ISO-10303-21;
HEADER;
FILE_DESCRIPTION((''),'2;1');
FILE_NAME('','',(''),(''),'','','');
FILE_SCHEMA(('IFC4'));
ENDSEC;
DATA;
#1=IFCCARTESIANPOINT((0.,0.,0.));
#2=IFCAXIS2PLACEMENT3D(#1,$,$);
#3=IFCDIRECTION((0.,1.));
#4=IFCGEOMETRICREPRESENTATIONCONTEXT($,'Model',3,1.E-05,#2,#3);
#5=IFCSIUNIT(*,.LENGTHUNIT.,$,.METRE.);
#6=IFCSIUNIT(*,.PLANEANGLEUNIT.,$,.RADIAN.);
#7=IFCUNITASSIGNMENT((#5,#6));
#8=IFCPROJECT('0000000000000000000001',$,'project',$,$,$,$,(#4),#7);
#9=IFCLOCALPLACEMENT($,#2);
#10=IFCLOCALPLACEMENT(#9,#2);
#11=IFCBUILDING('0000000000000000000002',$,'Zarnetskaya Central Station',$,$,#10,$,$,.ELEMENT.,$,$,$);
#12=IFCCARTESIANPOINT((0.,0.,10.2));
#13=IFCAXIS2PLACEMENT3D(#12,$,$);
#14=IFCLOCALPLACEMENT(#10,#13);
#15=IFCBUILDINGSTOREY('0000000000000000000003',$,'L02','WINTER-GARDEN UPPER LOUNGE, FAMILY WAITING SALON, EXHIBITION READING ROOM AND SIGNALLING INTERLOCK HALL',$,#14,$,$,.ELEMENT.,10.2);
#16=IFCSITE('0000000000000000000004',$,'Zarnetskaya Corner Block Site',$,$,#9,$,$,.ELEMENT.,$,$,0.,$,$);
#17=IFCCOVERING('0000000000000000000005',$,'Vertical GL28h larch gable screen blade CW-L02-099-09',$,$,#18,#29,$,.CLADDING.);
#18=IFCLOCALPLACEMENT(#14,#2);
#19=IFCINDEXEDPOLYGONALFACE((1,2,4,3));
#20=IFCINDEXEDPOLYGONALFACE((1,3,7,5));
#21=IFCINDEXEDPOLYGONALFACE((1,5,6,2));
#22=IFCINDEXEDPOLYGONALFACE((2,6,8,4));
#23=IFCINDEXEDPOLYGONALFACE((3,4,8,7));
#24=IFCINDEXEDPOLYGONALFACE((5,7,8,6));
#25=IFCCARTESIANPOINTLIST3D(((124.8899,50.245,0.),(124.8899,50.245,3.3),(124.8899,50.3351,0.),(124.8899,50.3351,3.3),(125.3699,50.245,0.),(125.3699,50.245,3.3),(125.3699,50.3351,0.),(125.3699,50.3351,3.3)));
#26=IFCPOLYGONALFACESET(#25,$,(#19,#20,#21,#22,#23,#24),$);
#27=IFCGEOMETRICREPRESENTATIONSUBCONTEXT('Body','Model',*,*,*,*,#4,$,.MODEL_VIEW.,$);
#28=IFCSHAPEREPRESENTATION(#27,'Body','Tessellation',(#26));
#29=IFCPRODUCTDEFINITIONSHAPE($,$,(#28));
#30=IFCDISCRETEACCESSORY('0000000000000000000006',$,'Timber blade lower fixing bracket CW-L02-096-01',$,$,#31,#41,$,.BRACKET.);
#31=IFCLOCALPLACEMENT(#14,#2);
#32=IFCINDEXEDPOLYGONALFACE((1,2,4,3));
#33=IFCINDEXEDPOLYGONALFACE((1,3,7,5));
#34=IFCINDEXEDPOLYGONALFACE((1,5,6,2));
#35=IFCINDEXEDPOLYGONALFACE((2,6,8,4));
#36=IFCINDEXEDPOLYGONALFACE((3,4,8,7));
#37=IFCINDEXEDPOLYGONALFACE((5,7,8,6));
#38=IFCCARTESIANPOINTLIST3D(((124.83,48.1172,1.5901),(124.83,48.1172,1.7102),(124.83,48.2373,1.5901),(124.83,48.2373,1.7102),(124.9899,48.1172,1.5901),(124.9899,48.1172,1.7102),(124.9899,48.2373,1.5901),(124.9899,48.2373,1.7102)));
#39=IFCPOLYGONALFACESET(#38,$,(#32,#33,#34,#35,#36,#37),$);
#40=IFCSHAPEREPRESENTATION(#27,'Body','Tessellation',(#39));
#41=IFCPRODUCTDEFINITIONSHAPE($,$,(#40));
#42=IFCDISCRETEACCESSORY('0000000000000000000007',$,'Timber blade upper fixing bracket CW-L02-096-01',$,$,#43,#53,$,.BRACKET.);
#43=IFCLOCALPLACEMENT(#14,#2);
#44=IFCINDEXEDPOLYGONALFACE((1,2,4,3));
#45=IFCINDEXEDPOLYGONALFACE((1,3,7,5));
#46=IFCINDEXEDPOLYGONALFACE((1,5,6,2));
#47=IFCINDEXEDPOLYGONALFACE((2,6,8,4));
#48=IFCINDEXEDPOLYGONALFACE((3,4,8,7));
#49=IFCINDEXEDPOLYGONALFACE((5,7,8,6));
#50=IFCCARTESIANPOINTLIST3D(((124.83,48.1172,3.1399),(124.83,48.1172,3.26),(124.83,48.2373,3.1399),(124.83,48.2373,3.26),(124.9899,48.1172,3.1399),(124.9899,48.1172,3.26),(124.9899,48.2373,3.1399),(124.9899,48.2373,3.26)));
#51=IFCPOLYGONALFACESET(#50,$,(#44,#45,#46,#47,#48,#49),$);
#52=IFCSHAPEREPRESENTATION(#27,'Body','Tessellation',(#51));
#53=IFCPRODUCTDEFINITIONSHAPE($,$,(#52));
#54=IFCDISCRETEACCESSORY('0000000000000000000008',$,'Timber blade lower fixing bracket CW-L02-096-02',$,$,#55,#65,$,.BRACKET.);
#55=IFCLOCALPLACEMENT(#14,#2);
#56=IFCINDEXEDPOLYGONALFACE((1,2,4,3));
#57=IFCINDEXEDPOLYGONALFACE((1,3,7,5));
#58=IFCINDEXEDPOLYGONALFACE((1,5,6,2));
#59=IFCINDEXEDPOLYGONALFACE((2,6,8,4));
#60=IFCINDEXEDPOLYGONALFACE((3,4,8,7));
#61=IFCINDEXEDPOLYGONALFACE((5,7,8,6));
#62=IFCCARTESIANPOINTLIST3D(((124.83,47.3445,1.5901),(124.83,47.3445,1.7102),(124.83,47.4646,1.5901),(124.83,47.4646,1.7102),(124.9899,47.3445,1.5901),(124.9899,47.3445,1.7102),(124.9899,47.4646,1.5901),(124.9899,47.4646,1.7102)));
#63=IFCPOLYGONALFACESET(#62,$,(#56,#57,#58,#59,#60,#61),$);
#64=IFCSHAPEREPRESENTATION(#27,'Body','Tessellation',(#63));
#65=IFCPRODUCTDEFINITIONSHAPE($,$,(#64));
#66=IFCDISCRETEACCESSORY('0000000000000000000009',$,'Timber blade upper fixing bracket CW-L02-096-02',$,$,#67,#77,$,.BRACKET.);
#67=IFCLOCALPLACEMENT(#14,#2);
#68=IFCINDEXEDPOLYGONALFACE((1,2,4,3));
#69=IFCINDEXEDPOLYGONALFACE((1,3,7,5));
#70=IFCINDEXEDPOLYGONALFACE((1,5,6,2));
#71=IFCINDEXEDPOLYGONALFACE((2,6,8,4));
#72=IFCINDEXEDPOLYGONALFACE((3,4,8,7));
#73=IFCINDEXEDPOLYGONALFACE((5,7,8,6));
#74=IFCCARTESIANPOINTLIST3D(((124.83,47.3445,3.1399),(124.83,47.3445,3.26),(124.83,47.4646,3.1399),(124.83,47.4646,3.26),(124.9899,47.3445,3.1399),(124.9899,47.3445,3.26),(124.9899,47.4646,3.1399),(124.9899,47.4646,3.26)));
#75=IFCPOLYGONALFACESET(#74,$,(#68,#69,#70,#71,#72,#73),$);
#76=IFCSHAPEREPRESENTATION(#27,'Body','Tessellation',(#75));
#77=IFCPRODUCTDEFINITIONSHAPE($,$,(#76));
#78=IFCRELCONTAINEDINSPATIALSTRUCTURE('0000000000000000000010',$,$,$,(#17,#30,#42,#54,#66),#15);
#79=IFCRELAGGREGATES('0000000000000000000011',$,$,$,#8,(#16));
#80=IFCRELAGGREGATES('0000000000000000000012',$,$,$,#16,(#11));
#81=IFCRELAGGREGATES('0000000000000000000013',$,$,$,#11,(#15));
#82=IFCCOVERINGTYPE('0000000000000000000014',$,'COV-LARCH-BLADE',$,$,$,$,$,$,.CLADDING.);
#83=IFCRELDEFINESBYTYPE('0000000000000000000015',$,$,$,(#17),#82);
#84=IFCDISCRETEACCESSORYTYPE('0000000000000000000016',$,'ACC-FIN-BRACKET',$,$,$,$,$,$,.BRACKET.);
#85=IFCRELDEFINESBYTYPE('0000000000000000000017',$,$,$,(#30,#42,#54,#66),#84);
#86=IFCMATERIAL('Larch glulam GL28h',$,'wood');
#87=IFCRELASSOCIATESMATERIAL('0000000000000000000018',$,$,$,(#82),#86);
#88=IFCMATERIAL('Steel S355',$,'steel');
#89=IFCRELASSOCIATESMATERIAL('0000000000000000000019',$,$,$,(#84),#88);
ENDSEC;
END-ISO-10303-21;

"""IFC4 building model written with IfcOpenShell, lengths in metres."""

from ifc_helpers import new_model, si_unit, direction, frame, origin, origin_2d, place, context, subcontext, project, spatial, rectangle, extrude, material, type_object, element, save


model = new_model("IFC4")

# Units and contexts
model_context = context("Model", 3, precision=1e-05, world=origin(), true_north=direction((0.0, 1.0)))
body_context = subcontext(model_context, "Body", "Model", "MODEL_VIEW")
ifc_project = project(units=[si_unit("LENGTHUNIT", "METRE"), si_unit("PLANEANGLEUNIT", "RADIAN")], contexts=[model_context])

# Site, building, storey
site_placement = place(None, origin())
site = spatial("IfcSite", under=ifc_project, at=site_placement, Name="Zarnetskaya Corner Block Site", CompositionType="ELEMENT", RefElevation=0.0)
building_placement = place(site_placement, origin())
building = spatial("IfcBuilding", under=site, at=building_placement, Name="Zarnetskaya Central Station", CompositionType="ELEMENT")
storey_placement = place(building_placement, frame((0.0, 0.0, 10.2)))
storey = spatial("IfcBuildingStorey", under=building, at=storey_placement, Name="L02", Description="WINTER-GARDEN UPPER LOUNGE, FAMILY WAITING SALON, EXHIBITION READING ROOM AND SIGNALLING INTERLOCK HALL", CompositionType="ELEMENT", Elevation=10.2)

# Shared definitions
ifc_material_1 = material(Name="Steel S355", Category="steel")

# Covering
ifc_material_2 = material(Name="Larch glulam GL28h", Category="wood")
covering_type = type_object("IfcCoveringType", Name="COV-LARCH-BLADE", PredefinedType="CLADDING", material=ifc_material_2)
for number, where, z_axis, x_axis, name in (
    (1, (125.1299, 50.29, 0.0), (0.0, 0.0, 1.0), (0.0, -1.0, 0.0), "Vertical GL28h larch gable screen blade CW-L02-099-09"),
):
    element("IfcCovering", number, at=place(storey_placement, frame(where, z_axis=z_axis, x_axis=x_axis)), inside=storey, type_object=covering_type, Name=name, PredefinedType="CLADDING", context=body_context, shape_type="SweptSolid", body=[
        extrude(rectangle(XDim=0.0901, YDim=0.48, at=origin_2d()), origin(), (0.0, 0.0, 1.0), 3.3),
    ])

# Discrete accessories
discrete_accessory_type = type_object("IfcDiscreteAccessoryType", Name="ACC-FIN-BRACKET", PredefinedType="BRACKET", material=ifc_material_1)
for number, where, z_axis, x_axis, name in (
    (2, (124.9099, 48.1772, 1.5901), (0.0, 0.0, 1.0), (0.0, -1.0, 0.0), "Timber blade lower fixing bracket CW-L02-096-01"),
    (3, (124.9099, 48.1772, 3.1399), (0.0, 0.0, 1.0), (0.0, -1.0, 0.0), "Timber blade upper fixing bracket CW-L02-096-01"),
    (4, (124.9099, 47.4045, 1.5901), (0.0, 0.0, 1.0), (0.0, -1.0, 0.0), "Timber blade lower fixing bracket CW-L02-096-02"),
    (5, (124.9099, 47.4045, 3.1399), (0.0, 0.0, 1.0), (0.0, -1.0, 0.0), "Timber blade upper fixing bracket CW-L02-096-02"),
):
    element("IfcDiscreteAccessory", number, at=place(storey_placement, frame(where, z_axis=z_axis, x_axis=x_axis)), inside=storey, type_object=discrete_accessory_type, Name=name, PredefinedType="BRACKET", context=body_context, shape_type="SweptSolid", body=[
        extrude(rectangle(XDim=0.1201, YDim=0.1599, at=origin_2d()), origin(), (0.0, 0.0, 1.0), 0.1201),
    ])

save(model, "model.ifc")
